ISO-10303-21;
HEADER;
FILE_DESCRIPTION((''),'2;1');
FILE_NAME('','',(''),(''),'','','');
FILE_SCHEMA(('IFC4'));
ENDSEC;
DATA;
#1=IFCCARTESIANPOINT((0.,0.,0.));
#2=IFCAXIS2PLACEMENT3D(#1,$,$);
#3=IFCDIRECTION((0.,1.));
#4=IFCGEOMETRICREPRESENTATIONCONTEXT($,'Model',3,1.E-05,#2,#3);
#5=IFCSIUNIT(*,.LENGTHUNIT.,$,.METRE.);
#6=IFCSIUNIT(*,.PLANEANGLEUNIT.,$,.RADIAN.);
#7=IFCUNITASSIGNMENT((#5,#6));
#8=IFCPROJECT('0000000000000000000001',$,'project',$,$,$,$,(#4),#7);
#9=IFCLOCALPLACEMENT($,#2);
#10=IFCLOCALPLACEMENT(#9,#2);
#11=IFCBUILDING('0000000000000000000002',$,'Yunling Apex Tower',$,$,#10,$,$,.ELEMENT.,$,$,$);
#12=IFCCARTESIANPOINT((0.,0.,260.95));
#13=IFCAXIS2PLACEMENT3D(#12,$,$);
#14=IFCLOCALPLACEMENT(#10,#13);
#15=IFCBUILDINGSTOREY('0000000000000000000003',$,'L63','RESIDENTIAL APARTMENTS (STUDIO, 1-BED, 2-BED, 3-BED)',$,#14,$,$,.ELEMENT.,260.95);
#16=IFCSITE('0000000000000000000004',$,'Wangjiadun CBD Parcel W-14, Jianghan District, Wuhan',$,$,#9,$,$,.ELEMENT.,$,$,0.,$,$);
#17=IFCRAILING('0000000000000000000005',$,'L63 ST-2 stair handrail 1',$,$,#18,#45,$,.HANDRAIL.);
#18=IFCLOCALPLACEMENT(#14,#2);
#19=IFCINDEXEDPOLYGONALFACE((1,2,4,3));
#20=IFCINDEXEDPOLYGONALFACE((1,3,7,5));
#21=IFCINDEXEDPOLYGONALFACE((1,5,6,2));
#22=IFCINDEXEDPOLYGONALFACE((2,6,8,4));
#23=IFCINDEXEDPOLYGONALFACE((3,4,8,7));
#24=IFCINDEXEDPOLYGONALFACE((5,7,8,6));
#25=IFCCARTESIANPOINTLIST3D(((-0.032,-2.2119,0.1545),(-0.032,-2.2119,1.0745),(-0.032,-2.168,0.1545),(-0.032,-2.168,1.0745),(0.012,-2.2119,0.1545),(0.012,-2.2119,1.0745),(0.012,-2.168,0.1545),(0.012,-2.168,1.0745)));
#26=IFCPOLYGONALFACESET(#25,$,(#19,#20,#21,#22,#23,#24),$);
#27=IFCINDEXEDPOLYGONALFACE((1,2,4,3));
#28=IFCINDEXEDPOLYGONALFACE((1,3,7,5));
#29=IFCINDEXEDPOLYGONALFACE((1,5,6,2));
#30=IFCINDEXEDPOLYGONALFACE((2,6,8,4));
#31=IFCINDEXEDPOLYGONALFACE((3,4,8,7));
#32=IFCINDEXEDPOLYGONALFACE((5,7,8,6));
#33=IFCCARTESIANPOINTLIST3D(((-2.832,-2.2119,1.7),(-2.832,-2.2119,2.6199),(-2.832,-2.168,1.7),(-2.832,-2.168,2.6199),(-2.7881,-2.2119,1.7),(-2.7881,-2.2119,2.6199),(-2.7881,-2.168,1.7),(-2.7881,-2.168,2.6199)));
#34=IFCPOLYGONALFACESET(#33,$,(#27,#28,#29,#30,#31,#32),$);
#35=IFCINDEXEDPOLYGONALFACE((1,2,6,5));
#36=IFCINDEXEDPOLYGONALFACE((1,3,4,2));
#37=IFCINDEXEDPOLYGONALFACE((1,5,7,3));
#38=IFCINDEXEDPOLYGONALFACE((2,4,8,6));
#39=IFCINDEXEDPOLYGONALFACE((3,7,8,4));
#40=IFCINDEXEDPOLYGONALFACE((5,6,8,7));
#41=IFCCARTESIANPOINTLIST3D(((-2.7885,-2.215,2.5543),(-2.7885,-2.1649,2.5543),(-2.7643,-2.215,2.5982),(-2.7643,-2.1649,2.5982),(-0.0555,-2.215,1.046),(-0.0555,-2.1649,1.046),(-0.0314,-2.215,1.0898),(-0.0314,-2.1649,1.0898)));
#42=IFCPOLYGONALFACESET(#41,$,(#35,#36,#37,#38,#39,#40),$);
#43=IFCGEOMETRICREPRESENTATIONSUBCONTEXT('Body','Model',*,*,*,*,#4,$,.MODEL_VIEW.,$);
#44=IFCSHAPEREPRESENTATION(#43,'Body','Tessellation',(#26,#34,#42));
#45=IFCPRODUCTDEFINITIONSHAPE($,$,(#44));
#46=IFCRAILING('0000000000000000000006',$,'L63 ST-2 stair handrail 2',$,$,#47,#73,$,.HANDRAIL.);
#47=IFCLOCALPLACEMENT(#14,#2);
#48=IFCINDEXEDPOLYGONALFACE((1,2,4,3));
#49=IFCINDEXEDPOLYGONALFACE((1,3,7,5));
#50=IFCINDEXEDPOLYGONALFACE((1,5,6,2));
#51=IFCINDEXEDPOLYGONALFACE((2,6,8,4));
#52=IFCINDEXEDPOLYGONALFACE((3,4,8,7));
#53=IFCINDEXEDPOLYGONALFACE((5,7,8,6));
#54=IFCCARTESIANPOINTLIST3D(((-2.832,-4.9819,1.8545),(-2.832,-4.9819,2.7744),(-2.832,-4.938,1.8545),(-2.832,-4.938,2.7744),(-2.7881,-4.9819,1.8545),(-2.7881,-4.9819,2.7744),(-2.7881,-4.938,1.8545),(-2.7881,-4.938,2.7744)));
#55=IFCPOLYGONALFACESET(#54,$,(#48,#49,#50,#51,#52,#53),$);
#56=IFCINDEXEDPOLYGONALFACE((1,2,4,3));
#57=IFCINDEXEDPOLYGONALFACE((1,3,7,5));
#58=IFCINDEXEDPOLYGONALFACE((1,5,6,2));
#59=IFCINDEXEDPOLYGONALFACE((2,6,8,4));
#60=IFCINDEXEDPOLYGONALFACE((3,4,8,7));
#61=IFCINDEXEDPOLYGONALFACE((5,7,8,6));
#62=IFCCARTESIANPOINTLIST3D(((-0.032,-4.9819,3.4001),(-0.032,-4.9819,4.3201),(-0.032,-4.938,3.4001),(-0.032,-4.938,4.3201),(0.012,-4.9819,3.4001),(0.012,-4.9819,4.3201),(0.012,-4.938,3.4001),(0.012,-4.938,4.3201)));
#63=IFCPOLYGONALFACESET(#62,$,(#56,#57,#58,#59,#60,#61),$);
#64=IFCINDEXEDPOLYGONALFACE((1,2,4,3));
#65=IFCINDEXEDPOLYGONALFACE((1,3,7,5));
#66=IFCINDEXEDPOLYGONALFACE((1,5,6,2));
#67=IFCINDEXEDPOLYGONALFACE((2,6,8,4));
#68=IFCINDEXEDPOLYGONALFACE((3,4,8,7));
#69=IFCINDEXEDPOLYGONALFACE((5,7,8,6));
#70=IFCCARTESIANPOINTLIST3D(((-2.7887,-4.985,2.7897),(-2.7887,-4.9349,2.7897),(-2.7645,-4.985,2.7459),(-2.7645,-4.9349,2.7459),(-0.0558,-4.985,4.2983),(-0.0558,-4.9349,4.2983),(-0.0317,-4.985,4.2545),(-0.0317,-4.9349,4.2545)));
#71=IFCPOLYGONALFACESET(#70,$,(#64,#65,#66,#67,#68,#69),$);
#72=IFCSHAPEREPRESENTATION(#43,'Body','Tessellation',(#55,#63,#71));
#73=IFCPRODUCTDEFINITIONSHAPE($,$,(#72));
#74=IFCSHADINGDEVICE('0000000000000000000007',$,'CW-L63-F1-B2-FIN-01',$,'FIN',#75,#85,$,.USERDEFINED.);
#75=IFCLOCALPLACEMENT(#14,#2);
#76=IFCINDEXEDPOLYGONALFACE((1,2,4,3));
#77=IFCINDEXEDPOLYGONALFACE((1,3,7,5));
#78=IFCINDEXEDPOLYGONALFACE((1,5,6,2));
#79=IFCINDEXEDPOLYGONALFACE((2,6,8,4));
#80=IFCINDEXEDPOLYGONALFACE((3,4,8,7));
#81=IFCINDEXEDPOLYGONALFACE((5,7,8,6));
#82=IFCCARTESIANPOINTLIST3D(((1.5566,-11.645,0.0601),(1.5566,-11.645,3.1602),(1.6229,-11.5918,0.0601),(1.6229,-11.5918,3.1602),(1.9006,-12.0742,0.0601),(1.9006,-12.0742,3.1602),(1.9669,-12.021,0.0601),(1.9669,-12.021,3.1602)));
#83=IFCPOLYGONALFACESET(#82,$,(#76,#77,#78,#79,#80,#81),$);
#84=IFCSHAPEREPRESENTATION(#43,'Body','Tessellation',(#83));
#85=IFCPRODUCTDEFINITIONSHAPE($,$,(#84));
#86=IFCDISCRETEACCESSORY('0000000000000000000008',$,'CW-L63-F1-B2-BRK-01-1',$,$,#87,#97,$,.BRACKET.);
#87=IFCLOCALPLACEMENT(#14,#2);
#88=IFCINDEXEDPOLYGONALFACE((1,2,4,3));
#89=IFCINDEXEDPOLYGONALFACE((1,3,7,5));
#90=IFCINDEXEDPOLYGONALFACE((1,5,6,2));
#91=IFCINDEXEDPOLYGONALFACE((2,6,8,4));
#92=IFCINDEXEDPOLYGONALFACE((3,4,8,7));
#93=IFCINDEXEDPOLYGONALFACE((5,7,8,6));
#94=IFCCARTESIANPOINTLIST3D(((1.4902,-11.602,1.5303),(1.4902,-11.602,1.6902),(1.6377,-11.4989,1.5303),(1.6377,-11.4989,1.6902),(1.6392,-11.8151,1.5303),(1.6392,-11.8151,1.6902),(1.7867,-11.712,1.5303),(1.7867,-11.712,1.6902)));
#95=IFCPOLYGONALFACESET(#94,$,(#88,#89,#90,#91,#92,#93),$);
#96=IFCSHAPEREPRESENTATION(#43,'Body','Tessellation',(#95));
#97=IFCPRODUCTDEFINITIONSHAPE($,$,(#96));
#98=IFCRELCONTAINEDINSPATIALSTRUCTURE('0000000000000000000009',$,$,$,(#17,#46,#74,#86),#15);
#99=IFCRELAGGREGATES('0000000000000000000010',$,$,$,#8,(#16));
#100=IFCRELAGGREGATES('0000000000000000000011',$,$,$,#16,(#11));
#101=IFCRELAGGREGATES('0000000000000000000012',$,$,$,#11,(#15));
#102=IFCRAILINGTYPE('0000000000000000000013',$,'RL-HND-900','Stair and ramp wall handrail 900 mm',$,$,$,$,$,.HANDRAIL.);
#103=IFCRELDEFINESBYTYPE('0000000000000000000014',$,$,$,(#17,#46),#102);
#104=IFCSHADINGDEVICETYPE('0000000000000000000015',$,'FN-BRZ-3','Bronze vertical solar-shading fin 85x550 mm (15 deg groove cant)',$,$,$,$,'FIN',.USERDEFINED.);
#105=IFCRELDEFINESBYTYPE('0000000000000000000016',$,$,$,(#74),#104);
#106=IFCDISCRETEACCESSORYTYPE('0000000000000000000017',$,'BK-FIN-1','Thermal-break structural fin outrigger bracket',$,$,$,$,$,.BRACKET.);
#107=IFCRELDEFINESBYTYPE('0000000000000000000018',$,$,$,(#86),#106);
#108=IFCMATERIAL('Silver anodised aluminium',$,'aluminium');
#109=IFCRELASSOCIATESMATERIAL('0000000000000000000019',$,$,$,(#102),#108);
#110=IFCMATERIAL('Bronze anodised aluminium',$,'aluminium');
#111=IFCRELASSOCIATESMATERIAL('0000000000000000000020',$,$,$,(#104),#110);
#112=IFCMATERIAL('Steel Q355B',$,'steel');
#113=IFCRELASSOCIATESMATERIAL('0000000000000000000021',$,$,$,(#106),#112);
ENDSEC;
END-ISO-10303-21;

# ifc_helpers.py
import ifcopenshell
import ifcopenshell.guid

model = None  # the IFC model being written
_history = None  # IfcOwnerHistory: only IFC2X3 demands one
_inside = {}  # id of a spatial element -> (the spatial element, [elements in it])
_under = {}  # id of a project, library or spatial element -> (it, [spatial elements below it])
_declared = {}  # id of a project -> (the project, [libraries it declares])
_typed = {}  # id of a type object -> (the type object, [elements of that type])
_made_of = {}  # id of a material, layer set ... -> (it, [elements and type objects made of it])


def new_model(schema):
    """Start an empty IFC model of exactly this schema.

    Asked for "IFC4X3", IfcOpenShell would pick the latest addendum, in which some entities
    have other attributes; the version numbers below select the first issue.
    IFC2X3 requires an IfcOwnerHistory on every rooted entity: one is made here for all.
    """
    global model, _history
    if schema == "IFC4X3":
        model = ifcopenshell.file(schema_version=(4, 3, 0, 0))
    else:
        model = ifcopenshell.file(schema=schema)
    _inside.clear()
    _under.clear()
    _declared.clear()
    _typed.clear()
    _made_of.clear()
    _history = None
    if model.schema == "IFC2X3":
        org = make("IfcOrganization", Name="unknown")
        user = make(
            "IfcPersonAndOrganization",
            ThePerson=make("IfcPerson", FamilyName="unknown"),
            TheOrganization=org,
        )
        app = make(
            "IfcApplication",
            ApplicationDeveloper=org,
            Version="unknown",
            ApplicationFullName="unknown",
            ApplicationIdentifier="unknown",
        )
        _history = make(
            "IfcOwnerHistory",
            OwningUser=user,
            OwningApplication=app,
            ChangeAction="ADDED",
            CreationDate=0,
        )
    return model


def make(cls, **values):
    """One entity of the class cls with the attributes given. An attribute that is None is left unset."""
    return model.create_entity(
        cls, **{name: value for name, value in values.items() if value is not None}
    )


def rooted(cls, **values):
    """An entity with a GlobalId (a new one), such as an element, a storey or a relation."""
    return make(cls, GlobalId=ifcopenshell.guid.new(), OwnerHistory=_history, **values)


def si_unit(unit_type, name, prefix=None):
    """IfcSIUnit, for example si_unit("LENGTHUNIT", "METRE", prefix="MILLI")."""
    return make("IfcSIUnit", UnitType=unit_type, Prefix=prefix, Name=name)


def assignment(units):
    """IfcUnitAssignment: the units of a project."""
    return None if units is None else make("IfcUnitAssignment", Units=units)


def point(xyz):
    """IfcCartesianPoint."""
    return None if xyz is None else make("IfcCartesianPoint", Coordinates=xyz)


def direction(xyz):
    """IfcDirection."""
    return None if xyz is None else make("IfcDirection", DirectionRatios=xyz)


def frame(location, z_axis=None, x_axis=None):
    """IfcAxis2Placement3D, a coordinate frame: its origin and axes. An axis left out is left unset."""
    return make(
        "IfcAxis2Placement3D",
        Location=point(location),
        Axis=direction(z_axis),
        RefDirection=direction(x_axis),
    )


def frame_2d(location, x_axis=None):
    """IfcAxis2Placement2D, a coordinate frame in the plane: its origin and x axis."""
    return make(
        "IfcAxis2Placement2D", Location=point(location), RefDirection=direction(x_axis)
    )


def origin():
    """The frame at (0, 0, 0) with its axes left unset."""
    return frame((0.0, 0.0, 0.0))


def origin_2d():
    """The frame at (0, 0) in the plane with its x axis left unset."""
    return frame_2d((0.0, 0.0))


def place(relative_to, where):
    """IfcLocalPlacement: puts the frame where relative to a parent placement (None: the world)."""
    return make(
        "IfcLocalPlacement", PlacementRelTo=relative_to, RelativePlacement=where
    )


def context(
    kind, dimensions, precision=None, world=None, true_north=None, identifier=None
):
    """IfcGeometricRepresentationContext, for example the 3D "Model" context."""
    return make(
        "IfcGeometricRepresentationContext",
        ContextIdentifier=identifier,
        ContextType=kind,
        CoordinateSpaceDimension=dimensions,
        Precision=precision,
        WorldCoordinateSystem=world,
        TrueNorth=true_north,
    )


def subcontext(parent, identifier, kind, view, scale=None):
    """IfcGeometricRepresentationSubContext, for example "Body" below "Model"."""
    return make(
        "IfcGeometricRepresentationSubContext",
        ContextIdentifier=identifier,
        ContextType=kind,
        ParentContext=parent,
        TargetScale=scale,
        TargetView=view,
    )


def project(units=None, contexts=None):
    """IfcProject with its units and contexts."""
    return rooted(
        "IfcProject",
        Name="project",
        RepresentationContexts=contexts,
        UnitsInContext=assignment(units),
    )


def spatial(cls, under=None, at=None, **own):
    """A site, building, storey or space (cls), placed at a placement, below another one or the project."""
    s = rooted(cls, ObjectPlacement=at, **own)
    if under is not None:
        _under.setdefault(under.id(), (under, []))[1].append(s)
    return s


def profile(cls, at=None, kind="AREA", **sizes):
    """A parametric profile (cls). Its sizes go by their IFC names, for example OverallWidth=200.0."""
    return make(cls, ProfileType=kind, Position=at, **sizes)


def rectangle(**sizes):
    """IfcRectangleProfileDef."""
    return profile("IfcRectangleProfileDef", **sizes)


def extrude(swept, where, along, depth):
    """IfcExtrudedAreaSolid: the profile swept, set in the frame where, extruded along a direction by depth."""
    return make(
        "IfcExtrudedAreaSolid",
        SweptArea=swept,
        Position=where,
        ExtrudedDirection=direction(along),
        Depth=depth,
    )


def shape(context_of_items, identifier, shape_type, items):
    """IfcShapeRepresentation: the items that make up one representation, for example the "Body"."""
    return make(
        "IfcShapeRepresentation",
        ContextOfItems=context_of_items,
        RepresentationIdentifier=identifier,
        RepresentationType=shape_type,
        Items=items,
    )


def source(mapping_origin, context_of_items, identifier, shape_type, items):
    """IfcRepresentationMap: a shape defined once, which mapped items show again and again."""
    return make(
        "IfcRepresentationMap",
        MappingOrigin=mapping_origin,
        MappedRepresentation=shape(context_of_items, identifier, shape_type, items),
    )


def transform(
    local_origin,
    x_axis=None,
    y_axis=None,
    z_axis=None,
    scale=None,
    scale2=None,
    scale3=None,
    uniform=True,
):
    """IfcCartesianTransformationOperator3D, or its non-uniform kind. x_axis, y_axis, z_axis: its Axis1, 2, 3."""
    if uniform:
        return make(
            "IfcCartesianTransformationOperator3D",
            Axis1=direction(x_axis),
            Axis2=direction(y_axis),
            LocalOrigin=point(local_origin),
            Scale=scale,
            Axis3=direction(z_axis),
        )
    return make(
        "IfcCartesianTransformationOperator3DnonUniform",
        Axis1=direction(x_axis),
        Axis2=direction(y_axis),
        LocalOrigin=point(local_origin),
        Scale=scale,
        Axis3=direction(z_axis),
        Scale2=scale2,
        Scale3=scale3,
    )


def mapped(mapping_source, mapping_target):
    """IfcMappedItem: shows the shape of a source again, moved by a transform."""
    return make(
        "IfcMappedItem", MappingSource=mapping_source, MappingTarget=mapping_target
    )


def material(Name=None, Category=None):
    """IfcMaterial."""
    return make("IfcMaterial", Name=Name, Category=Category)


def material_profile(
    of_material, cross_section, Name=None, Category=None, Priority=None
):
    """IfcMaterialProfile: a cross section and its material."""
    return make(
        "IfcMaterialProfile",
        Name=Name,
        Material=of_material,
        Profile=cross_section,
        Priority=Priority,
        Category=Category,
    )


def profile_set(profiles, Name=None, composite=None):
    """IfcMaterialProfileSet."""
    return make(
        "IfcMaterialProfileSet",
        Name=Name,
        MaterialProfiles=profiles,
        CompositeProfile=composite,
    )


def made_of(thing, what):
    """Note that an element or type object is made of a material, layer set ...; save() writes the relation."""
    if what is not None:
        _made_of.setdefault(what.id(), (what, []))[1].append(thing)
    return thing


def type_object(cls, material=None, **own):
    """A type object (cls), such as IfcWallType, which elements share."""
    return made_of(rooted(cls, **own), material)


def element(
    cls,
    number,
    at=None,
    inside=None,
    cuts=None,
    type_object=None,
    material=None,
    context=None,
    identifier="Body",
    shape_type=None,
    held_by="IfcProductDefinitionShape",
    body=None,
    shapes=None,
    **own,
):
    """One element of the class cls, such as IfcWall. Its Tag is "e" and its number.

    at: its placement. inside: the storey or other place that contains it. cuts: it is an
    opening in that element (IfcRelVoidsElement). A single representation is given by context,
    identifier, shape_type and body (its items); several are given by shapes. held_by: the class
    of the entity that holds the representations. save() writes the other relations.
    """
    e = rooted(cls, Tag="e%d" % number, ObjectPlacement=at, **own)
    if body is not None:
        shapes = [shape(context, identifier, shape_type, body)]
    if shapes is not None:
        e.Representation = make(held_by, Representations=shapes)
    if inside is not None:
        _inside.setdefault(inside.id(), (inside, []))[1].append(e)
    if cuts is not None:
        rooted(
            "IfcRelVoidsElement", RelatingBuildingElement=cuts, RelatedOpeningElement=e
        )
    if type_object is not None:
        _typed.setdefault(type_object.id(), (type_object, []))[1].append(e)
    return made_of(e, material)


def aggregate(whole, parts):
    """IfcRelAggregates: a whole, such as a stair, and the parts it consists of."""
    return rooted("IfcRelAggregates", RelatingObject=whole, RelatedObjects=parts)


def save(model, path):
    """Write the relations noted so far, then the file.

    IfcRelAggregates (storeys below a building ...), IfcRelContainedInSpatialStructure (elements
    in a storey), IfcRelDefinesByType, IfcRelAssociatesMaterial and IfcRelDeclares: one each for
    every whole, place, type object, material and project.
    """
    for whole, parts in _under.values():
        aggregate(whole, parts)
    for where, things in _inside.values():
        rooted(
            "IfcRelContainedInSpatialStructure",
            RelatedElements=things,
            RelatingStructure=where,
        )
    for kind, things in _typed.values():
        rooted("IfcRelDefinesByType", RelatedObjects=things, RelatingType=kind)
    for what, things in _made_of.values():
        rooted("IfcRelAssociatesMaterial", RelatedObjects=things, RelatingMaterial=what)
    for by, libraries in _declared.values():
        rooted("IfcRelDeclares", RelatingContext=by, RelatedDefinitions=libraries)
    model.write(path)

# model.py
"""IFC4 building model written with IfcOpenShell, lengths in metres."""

from ifc_helpers import new_model, si_unit, direction, frame, origin, origin_2d, place, context, subcontext, project, spatial, rectangle, extrude, source, transform, mapped, material, material_profile, profile_set, type_object, element, save


model = new_model("IFC4")

# Units and contexts
model_context = context("Model", 3, precision=1e-05, world=origin(), true_north=direction((0.0, 1.0)))
body_context = subcontext(model_context, "Body", "Model", "MODEL_VIEW")
ifc_project = project(units=[si_unit("LENGTHUNIT", "METRE"), si_unit("PLANEANGLEUNIT", "RADIAN")], contexts=[model_context])

# Site, building, storey
site_placement = place(None, origin())
site = spatial("IfcSite", under=ifc_project, at=site_placement, Name="Wangjiadun CBD Parcel W-14, Jianghan District, Wuhan", CompositionType="ELEMENT", RefElevation=0.0)
building_placement = place(site_placement, origin())
building = spatial("IfcBuilding", under=site, at=building_placement, Name="Yunling Apex Tower", CompositionType="ELEMENT")
storey_placement = place(building_placement, frame((0.0, 0.0, 260.95)))
storey = spatial("IfcBuildingStorey", under=building, at=storey_placement, Name="L63", Description="RESIDENTIAL APARTMENTS (STUDIO, 1-BED, 2-BED, 3-BED)", CompositionType="ELEMENT", Elevation=260.95)

# Shared definitions
ifc_material_1 = material(Name="Steel Q355B", Category="steel")

# Shared definitions
ifc_material_2 = material(Name="Bronze anodised aluminium", Category="aluminium")

# Railings
ifc_material_3 = material(Name="Silver anodised aluminium", Category="aluminium")
railing_type_1 = type_object("IfcRailingType", Name="RL-HND-900", Description="Stair and ramp wall handrail 900 mm", PredefinedType="HANDRAIL", material=ifc_material_3)
railing_1_placement = place(storey_placement, frame((-0.01, -2.1899, 0.1545)))
element("IfcRailing", 1, at=railing_1_placement, inside=storey, type_object=railing_type_1, Name="L63 ST-2 stair handrail 1", PredefinedType="HANDRAIL", context=body_context, shape_type="SweptSolid", body=[
    extrude(rectangle(XDim=0.0439, YDim=0.0439, at=origin_2d()), origin(), (0.0, 0.0, 1.0), 0.9199),
    extrude(rectangle(XDim=0.0439, YDim=0.0439, at=origin_2d()), frame((-2.8, 0.0, 1.5454)), (0.0, 0.0, 1.0), 0.9199),
    extrude(rectangle(XDim=0.05, YDim=0.05, at=origin_2d()), frame((-0.0334, 0.0, 0.9133), z_axis=(-0.875504, 0.0, 0.483211), x_axis=(0.0, -1.0, 0.0)), (0.0, 0.0, 1.0), 3.1216),
])
railing_2_placement = place(storey_placement, frame((-2.8101, -4.96, 1.8545)))
element("IfcRailing", 2, at=railing_2_placement, inside=storey, type_object=railing_type_1, Name="L63 ST-2 stair handrail 2", PredefinedType="HANDRAIL", context=body_context, shape_type="SweptSolid", body=[
    extrude(rectangle(XDim=0.0439, YDim=0.0439, at=origin_2d()), origin(), (0.0, 0.0, 1.0), 0.9199),
    extrude(rectangle(XDim=0.0439, YDim=0.0439, at=origin_2d()), frame((2.8, 0.0, 1.5457)), (0.0, 0.0, 1.0), 0.9199),
    extrude(rectangle(XDim=0.05, YDim=0.05, at=origin_2d()), frame((0.0334, 0.0, 0.9133), z_axis=(0.875472, 0.0, 0.483269), x_axis=(0.0, 1.0, 0.0)), (0.0, 0.0, 1.0), 3.1216),
])

# Shading device
ifc_material_profile_1 = material_profile(ifc_material_2, rectangle(XDim=0.085, YDim=0.55, at=origin_2d()))
ifc_profile_set_1 = profile_set([ifc_material_profile_1], Name="Bronze anodised aluminium")
shading_device_type = type_object("IfcShadingDeviceType", Name="FN-BRZ-3", Description="Bronze vertical solar-shading fin 85x550 mm (15 deg groove cant)", ElementType="FIN", PredefinedType="USERDEFINED", material=ifc_profile_set_1)
shared_shape_1 = source(origin(), body_context, "Body", "SweptSolid", [
    extrude(rectangle(XDim=0.085, YDim=0.55, at=origin_2d()), origin(), (0.0, 0.0, 1.0), 3.1001),
])
shading_device_placement = place(storey_placement, frame((1.7617, -11.833, 0.0601), z_axis=(0.0, 0.0, 1.0), x_axis=(0.780321, 0.625379, 0.0)))
element("IfcShadingDevice", 3, at=shading_device_placement, inside=storey, type_object=shading_device_type, Name="CW-L63-F1-B2-FIN-01", ObjectType="FIN", PredefinedType="USERDEFINED", context=body_context, shape_type="MappedRepresentation", body=[
    mapped(shared_shape_1, transform((0.0, 0.0, 0.0), scale=1.0)),
])

# Discrete accessory
discrete_accessory_type = type_object("IfcDiscreteAccessoryType", Name="BK-FIN-1", Description="Thermal-break structural fin outrigger bracket", PredefinedType="BRACKET", material=ifc_material_1)
shared_shape_2 = source(origin(), body_context, "Body", "SweptSolid", [
    extrude(rectangle(XDim=0.1799, YDim=0.26, at=origin_2d()), origin(), (0.0, 0.0, 1.0), 0.1599),
])
discrete_accessory_placement = place(storey_placement, frame((1.6384, -11.657, 1.5303), z_axis=(0.0, 0.0, 1.0), x_axis=(0.819552, 0.573004, 0.0)))
element("IfcDiscreteAccessory", 4, at=discrete_accessory_placement, inside=storey, type_object=discrete_accessory_type, Name="CW-L63-F1-B2-BRK-01-1", PredefinedType="BRACKET", context=body_context, shape_type="MappedRepresentation", body=[
    mapped(shared_shape_2, transform((0.0, 0.0, 0.0), scale=1.0)),
])

save(model, "model.ifc")
